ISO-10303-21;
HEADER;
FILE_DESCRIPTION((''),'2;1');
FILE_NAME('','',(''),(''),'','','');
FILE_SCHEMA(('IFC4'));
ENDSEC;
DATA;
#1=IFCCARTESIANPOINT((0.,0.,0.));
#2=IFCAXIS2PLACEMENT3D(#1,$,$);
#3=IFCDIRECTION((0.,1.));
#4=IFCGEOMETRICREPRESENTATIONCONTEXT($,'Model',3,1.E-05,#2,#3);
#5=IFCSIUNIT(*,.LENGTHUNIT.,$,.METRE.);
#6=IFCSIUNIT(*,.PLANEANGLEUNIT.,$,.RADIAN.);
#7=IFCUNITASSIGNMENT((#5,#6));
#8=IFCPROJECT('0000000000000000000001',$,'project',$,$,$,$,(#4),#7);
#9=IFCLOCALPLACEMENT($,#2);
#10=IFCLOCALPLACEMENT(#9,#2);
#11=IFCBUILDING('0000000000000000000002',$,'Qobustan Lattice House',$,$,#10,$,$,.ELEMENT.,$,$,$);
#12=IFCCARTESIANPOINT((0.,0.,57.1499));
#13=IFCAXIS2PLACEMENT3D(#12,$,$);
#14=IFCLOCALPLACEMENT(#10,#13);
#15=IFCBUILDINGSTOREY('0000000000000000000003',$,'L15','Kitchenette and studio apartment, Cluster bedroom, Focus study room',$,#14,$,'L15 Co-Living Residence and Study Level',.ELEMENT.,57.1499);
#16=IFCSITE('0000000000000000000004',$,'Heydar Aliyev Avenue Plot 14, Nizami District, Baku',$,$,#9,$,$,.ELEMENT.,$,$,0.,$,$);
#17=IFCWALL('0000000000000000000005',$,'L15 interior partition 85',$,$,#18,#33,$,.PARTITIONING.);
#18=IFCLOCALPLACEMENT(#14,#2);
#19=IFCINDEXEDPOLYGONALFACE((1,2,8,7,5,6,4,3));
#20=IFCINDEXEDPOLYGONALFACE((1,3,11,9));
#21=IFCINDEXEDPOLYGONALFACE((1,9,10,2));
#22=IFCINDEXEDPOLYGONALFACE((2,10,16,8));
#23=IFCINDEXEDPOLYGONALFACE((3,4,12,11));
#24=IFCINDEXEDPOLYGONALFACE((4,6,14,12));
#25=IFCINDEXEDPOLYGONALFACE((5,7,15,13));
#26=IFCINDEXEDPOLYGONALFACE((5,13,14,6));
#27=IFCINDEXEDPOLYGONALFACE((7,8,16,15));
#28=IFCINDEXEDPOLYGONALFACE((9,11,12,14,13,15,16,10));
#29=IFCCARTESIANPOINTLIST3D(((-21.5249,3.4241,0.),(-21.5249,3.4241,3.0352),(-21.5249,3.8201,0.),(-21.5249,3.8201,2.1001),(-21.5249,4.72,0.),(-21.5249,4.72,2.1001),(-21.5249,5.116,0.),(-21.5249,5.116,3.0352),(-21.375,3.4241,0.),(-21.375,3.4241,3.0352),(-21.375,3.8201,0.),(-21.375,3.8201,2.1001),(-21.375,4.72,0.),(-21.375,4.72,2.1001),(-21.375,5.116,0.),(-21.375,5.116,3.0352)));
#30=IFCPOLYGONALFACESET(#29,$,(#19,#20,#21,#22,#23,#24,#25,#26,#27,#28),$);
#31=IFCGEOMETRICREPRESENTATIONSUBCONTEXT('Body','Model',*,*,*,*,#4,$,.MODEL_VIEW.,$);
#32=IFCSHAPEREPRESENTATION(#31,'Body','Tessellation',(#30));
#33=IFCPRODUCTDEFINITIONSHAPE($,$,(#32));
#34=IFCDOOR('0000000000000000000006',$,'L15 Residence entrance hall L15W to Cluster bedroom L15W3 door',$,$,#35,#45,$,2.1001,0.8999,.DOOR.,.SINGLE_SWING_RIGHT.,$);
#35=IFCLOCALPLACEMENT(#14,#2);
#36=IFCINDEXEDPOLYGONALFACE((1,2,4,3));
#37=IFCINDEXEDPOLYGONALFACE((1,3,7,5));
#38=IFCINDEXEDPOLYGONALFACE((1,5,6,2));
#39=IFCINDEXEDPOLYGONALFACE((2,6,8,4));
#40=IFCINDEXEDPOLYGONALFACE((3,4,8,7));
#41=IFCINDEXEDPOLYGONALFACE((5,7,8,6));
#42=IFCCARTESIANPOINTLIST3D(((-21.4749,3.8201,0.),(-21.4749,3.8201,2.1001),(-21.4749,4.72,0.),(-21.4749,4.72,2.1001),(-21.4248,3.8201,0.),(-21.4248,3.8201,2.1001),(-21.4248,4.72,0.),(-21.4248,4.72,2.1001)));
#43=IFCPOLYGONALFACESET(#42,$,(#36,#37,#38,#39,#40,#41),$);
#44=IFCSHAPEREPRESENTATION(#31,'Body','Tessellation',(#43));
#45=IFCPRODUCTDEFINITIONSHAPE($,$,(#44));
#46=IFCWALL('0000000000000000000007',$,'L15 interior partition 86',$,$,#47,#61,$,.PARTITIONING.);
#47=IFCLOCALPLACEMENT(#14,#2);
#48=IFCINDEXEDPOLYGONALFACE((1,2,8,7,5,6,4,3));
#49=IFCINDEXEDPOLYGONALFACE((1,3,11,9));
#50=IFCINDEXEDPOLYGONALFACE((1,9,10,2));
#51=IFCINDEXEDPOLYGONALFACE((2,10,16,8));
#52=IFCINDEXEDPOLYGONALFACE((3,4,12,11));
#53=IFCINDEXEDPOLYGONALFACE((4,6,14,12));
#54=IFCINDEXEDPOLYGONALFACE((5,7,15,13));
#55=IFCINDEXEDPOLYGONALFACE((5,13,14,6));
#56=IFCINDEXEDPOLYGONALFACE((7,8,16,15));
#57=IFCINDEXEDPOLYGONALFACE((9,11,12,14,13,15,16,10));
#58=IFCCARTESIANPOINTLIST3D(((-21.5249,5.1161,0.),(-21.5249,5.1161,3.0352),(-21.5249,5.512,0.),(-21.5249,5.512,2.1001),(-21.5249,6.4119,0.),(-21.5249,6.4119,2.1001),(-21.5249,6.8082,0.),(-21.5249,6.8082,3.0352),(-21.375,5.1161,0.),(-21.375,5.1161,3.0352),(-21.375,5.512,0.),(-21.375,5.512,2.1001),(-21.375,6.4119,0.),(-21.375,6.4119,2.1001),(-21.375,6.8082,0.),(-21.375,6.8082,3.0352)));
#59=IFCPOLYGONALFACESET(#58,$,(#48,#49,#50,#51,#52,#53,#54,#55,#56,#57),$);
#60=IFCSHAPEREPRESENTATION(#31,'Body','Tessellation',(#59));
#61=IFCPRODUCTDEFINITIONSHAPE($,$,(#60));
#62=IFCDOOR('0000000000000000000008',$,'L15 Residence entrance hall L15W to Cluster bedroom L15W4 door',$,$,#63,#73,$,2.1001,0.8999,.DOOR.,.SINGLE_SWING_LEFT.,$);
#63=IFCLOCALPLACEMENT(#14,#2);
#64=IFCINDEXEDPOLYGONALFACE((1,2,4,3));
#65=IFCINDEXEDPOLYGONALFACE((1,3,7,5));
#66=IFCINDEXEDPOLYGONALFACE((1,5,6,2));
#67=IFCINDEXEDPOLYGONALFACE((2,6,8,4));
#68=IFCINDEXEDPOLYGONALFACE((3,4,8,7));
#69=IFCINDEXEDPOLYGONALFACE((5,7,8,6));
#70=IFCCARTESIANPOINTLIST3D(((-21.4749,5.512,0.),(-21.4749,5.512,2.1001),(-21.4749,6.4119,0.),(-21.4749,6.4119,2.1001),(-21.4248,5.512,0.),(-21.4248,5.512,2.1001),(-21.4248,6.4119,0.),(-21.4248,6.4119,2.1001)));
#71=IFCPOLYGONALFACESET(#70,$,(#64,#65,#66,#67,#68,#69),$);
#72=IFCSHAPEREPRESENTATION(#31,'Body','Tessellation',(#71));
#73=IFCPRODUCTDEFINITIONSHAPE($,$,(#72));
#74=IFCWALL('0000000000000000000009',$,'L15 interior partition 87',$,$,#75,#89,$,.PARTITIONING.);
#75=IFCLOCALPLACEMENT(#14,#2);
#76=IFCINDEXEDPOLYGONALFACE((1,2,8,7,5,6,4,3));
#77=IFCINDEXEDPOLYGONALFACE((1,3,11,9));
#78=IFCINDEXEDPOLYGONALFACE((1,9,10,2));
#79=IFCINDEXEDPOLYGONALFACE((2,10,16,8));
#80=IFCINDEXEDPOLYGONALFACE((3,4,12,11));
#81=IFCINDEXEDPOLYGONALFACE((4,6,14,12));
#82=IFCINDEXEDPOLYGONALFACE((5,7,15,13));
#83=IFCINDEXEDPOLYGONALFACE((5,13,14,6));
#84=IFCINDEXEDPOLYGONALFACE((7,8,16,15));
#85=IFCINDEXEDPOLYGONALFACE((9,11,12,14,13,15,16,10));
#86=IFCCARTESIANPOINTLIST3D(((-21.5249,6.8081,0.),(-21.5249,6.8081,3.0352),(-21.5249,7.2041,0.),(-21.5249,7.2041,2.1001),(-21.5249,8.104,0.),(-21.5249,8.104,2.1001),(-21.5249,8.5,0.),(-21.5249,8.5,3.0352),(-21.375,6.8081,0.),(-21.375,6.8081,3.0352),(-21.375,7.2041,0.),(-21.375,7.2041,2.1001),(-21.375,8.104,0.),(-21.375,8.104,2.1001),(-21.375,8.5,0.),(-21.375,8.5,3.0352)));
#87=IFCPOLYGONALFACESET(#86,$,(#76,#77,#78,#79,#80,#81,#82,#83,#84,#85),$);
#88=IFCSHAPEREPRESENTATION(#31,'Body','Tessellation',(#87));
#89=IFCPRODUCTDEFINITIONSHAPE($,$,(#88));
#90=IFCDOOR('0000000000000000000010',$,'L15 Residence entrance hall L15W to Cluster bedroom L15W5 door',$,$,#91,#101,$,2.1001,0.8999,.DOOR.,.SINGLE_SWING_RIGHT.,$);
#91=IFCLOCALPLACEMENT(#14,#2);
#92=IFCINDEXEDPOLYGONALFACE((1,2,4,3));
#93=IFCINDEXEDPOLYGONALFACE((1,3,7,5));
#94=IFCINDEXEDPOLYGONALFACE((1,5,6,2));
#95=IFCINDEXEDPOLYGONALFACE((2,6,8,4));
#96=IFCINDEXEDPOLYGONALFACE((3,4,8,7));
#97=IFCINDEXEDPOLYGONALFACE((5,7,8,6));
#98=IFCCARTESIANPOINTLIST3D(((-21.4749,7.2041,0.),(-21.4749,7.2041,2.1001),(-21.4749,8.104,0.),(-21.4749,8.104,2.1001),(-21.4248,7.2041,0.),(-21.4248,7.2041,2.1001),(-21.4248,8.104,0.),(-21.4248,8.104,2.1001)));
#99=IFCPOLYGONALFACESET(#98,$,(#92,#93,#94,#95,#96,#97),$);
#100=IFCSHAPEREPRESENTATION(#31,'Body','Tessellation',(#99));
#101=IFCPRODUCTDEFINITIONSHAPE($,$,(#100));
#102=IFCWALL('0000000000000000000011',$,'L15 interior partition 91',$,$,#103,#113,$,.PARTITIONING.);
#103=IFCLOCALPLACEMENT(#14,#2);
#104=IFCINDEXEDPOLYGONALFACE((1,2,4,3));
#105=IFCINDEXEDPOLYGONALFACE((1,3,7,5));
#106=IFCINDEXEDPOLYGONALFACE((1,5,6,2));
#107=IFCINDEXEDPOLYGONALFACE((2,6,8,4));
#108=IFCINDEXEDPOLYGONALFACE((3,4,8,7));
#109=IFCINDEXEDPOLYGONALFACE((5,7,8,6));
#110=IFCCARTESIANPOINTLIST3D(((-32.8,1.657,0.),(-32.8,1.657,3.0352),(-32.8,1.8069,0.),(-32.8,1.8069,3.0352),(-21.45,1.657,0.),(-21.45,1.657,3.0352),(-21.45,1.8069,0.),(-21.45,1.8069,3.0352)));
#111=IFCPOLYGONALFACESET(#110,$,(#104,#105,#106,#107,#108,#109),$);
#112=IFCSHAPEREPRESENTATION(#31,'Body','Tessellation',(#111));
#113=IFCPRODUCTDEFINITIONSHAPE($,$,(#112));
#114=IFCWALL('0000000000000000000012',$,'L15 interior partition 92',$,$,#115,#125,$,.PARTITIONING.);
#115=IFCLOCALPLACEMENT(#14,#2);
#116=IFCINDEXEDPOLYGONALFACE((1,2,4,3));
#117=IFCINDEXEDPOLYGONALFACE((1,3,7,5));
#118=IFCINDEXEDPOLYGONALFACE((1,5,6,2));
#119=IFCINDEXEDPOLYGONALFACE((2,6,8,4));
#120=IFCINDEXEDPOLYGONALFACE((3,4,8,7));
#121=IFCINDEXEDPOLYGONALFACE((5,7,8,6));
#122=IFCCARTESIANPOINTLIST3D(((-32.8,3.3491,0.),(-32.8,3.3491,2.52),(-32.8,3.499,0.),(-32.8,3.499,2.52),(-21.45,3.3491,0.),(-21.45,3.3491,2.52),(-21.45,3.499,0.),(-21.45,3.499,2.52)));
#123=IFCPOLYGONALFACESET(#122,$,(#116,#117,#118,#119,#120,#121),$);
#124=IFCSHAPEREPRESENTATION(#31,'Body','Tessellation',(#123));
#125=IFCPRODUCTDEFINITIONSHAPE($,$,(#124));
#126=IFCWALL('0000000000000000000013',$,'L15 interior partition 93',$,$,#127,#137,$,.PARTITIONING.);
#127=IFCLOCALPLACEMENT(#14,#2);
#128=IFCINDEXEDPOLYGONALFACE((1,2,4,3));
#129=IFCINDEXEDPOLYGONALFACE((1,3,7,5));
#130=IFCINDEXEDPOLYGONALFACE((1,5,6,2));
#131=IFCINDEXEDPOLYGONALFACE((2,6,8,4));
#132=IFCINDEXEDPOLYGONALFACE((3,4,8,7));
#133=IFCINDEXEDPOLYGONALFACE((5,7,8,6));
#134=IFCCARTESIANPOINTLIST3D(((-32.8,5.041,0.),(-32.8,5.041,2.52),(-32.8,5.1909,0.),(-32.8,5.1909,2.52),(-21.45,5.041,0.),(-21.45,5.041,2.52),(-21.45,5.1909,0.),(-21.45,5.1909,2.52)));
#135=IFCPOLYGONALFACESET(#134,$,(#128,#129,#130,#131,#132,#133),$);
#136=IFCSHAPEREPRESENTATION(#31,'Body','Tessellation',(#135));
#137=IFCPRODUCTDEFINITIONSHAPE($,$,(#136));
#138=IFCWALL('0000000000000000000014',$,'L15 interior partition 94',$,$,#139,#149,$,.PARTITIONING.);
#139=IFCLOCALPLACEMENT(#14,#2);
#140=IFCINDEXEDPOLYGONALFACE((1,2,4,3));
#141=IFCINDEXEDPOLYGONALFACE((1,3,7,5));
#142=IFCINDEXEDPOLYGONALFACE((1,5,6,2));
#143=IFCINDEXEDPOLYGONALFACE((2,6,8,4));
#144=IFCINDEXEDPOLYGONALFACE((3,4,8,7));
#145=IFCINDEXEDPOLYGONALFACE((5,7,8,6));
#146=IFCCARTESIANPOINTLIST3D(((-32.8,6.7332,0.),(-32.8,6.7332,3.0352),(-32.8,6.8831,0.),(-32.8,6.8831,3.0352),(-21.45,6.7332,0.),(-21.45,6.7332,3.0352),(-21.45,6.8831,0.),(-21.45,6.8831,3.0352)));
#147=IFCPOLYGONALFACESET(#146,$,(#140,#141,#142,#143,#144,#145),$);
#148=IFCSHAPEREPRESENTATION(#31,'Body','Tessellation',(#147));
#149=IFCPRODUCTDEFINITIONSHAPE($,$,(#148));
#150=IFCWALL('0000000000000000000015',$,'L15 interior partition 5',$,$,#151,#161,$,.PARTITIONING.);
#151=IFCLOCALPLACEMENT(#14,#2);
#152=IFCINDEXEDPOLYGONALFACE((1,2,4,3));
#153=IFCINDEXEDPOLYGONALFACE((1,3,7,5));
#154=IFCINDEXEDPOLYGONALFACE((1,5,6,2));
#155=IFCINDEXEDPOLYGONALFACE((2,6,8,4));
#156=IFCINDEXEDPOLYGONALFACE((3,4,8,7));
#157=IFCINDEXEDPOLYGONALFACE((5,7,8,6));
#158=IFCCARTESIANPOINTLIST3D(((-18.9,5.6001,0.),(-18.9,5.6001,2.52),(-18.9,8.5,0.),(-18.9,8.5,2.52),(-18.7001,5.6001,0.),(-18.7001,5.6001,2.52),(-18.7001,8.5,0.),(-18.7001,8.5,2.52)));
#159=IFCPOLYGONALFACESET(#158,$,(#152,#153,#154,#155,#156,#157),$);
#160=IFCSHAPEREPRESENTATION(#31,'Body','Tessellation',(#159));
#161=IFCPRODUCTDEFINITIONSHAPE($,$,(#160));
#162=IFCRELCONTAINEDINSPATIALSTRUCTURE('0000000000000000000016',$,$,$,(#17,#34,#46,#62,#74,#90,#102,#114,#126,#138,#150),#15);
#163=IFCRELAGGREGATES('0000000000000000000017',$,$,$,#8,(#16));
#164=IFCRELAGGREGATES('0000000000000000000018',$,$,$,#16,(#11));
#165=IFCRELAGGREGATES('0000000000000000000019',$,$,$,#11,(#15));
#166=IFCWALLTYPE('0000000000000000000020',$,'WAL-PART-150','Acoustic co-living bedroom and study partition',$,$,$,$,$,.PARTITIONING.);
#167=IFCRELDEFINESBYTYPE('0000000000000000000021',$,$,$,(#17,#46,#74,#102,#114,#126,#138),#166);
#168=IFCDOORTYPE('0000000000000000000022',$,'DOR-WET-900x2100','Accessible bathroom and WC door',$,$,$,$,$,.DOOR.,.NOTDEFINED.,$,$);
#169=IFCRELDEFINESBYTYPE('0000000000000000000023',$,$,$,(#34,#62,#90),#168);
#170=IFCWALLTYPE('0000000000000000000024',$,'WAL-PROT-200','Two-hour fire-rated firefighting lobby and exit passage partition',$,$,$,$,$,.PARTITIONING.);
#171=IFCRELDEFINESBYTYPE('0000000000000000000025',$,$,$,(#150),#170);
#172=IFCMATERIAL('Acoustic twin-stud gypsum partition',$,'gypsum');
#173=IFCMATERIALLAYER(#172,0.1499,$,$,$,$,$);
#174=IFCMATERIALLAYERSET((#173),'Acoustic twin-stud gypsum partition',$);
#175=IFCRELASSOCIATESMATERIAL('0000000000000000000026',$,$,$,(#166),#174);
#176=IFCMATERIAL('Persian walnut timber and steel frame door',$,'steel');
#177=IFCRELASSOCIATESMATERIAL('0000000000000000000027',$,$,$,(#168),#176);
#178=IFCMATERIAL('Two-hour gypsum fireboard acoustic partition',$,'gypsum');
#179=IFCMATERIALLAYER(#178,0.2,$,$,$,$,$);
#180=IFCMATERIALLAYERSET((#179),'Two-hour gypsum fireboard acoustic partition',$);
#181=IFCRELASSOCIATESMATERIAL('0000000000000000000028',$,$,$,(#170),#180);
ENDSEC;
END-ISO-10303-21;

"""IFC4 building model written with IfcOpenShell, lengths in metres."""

from ifc_helpers import new_model, si_unit, direction, frame, frame_2d, origin, place, context, subcontext, project, spatial, rectangle, extrude, material, layer, layer_set, type_object, element, fill, save


model = new_model("IFC4")

# Units and contexts
model_context = context("Model", 3, precision=1e-05, world=origin(), true_north=direction((0.0, 1.0)))
body_context = subcontext(model_context, "Body", "Model", "MODEL_VIEW")
ifc_project = project(units=[si_unit("LENGTHUNIT", "METRE"), si_unit("PLANEANGLEUNIT", "RADIAN")], contexts=[model_context])

# Site, building, storey
site_placement = place(None, origin())
site = spatial("IfcSite", under=ifc_project, at=site_placement, Name="Heydar Aliyev Avenue Plot 14, Nizami District, Baku", CompositionType="ELEMENT", RefElevation=0.0)
building_placement = place(site_placement, origin())
building = spatial("IfcBuilding", under=site, at=building_placement, Name="Qobustan Lattice House", CompositionType="ELEMENT")
storey_placement = place(building_placement, frame((0.0, 0.0, 57.1499)))
storey = spatial("IfcBuildingStorey", under=building, at=storey_placement, Name="L15", Description="Kitchenette and studio apartment, Cluster bedroom, Focus study room", LongName="L15 Co-Living Residence and Study Level", CompositionType="ELEMENT", Elevation=57.1499)

# Shared definitions
ifc_material_1 = material(Name="Acoustic twin-stud gypsum partition", Category="gypsum")
ifc_layer_1 = layer(ifc_material_1, 0.1499)
ifc_layer_set_1 = layer_set([ifc_layer_1], Name="Acoustic twin-stud gypsum partition")
wall_type_1 = type_object("IfcWallType", Name="WAL-PART-150", Description="Acoustic co-living bedroom and study partition", PredefinedType="PARTITIONING", material=ifc_layer_set_1)

# Walls, openings, doors
ifc_material_2 = material(Name="Persian walnut timber and steel frame door", Category="steel")
door_type_1 = type_object("IfcDoorType", Name="DOR-WET-900x2100", Description="Accessible bathroom and WC door", OperationType="NOTDEFINED", PredefinedType="DOOR", material=ifc_material_2)
wall_1_placement = place(storey_placement, frame((-21.45, 3.4241, 0.0), z_axis=(0.0, 0.0, 1.0), x_axis=(0.0, 1.0, 0.0)))
wall_1 = element("IfcWall", 1, at=wall_1_placement, inside=storey, type_object=wall_type_1, Name="L15 interior partition 85", PredefinedType="PARTITIONING", context=body_context, shape_type="SweptSolid", body=[
    extrude(rectangle(XDim=1.6919, YDim=0.1499, at=frame_2d((0.8459, 0.0))), origin(), (0.0, 0.0, 1.0), 3.0352),
])
opening_1_placement = place(wall_1_placement, frame((0.396, 0.0, 0.0)))
opening_1 = element("IfcOpeningElement", 2, at=opening_1_placement, cuts=wall_1, PredefinedType="OPENING", context=body_context, shape_type="SweptSolid", body=[
    extrude(rectangle(XDim=0.8999, YDim=2.1001, at=frame_2d((0.45, 1.05))), frame((0.0, 0.085, 0.0), z_axis=(0.0, -1.0, 0.0), x_axis=(1.0, 0.0, 0.0)), (0.0, 0.0, 1.0), 0.1699),
])
door_1_placement = place(opening_1_placement, origin())
door_1 = element("IfcDoor", 3, at=door_1_placement, inside=storey, type_object=door_type_1, Name="L15 Residence entrance hall L15W to Cluster bedroom L15W3 door", OperationType="SINGLE_SWING_RIGHT", OverallHeight=2.1001, OverallWidth=0.8999, PredefinedType="DOOR", context=body_context, shape_type="SweptSolid", body=[
    extrude(rectangle(XDim=0.8999, YDim=2.1001, at=frame_2d((0.45, 1.05))), frame((0.0, 0.0249, 0.0), z_axis=(0.0, -1.0, 0.0), x_axis=(1.0, 0.0, 0.0)), (0.0, 0.0, 1.0), 0.05),
])
fill(opening_1, door_1)
wall_2_placement = place(storey_placement, frame((-21.45, 5.116, 0.0), z_axis=(0.0, 0.0, 1.0), x_axis=(0.0, 1.0, 0.0)))
wall_2 = element("IfcWall", 4, at=wall_2_placement, inside=storey, type_object=wall_type_1, Name="L15 interior partition 86", PredefinedType="PARTITIONING", context=body_context, shape_type="SweptSolid", body=[
    extrude(rectangle(XDim=1.6921, YDim=0.1499, at=frame_2d((0.8462, 0.0))), origin(), (0.0, 0.0, 1.0), 3.0352),
])
opening_2_placement = place(wall_2_placement, frame((0.396, 0.0, 0.0)))
opening_2 = element("IfcOpeningElement", 5, at=opening_2_placement, cuts=wall_2, PredefinedType="OPENING", context=body_context, shape_type="SweptSolid", body=[
    extrude(rectangle(XDim=0.8999, YDim=2.1001, at=frame_2d((0.45, 1.05))), frame((0.0, 0.085, 0.0), z_axis=(0.0, -1.0, 0.0), x_axis=(1.0, 0.0, 0.0)), (0.0, 0.0, 1.0), 0.1699),
])
door_2_placement = place(opening_2_placement, origin())
door_2 = element("IfcDoor", 6, at=door_2_placement, inside=storey, type_object=door_type_1, Name="L15 Residence entrance hall L15W to Cluster bedroom L15W4 door", OperationType="SINGLE_SWING_LEFT", OverallHeight=2.1001, OverallWidth=0.8999, PredefinedType="DOOR", context=body_context, shape_type="SweptSolid", body=[
    extrude(rectangle(XDim=0.8999, YDim=2.1001, at=frame_2d((0.45, 1.05))), frame((0.0, 0.0249, 0.0), z_axis=(0.0, -1.0, 0.0), x_axis=(1.0, 0.0, 0.0)), (0.0, 0.0, 1.0), 0.05),
])
fill(opening_2, door_2)
wall_3_placement = place(storey_placement, frame((-21.45, 6.8081, 0.0), z_axis=(0.0, 0.0, 1.0), x_axis=(0.0, 1.0, 0.0)))
wall_3 = element("IfcWall", 7, at=wall_3_placement, inside=storey, type_object=wall_type_1, Name="L15 interior partition 87", PredefinedType="PARTITIONING", context=body_context, shape_type="SweptSolid", body=[
    extrude(rectangle(XDim=1.6919, YDim=0.1499, at=frame_2d((0.8459, 0.0))), origin(), (0.0, 0.0, 1.0), 3.0352),
])
opening_3_placement = place(wall_3_placement, frame((0.396, 0.0, 0.0)))
opening_3 = element("IfcOpeningElement", 8, at=opening_3_placement, cuts=wall_3, PredefinedType="OPENING", context=body_context, shape_type="SweptSolid", body=[
    extrude(rectangle(XDim=0.8999, YDim=2.1001, at=frame_2d((0.45, 1.05))), frame((0.0, 0.085, 0.0), z_axis=(0.0, -1.0, 0.0), x_axis=(1.0, 0.0, 0.0)), (0.0, 0.0, 1.0), 0.1699),
])
door_3_placement = place(opening_3_placement, origin())
door_3 = element("IfcDoor", 9, at=door_3_placement, inside=storey, type_object=door_type_1, Name="L15 Residence entrance hall L15W to Cluster bedroom L15W5 door", OperationType="SINGLE_SWING_RIGHT", OverallHeight=2.1001, OverallWidth=0.8999, PredefinedType="DOOR", context=body_context, shape_type="SweptSolid", body=[
    extrude(rectangle(XDim=0.8999, YDim=2.1001, at=frame_2d((0.45, 1.05))), frame((0.0, 0.0249, 0.0), z_axis=(0.0, -1.0, 0.0), x_axis=(1.0, 0.0, 0.0)), (0.0, 0.0, 1.0), 0.05),
])
fill(opening_3, door_3)

# Walls
wall_4_placement = place(storey_placement, frame((-32.8, 1.7319, 0.0), z_axis=(0.0, 0.0, 1.0), x_axis=(1.0, 0.0, 0.0)))
element("IfcWall", 10, at=wall_4_placement, inside=storey, type_object=wall_type_1, Name="L15 interior partition 91", PredefinedType="PARTITIONING", context=body_context, shape_type="SweptSolid", body=[
    extrude(rectangle(XDim=11.3501, YDim=0.1499, at=frame_2d((5.675, 0.0))), origin(), (0.0, 0.0, 1.0), 3.0352),
])
for number, where, z_axis, x_axis, name in (
    (11, (-32.8, 3.4241, 0.0), (0.0, 0.0, 1.0), (1.0, 0.0, 0.0), "L15 interior partition 92"),
    (12, (-32.8, 5.116, 0.0), (0.0, 0.0, 1.0), (1.0, 0.0, 0.0), "L15 interior partition 93"),
):
    element("IfcWall", number, at=place(storey_placement, frame(where, z_axis=z_axis, x_axis=x_axis)), inside=storey, type_object=wall_type_1, Name=name, PredefinedType="PARTITIONING", context=body_context, shape_type="SweptSolid", body=[
        extrude(rectangle(XDim=11.3501, YDim=0.1499, at=frame_2d((5.675, 0.0))), origin(), (0.0, 0.0, 1.0), 2.52),
    ])
wall_5_placement = place(storey_placement, frame((-32.8, 6.8081, 0.0), z_axis=(0.0, 0.0, 1.0), x_axis=(1.0, 0.0, 0.0)))
element("IfcWall", 13, at=wall_5_placement, inside=storey, type_object=wall_type_1, Name="L15 interior partition 94", PredefinedType="PARTITIONING", context=body_context, shape_type="SweptSolid", body=[
    extrude(rectangle(XDim=11.3501, YDim=0.1499, at=frame_2d((5.675, 0.0))), origin(), (0.0, 0.0, 1.0), 3.0352),
])
ifc_material_3 = material(Name="Two-hour gypsum fireboard acoustic partition", Category="gypsum")
ifc_layer_2 = layer(ifc_material_3, 0.2)
ifc_layer_set_2 = layer_set([ifc_layer_2], Name="Two-hour gypsum fireboard acoustic partition")
wall_type_2 = type_object("IfcWallType", Name="WAL-PROT-200", Description="Two-hour fire-rated firefighting lobby and exit passage partition", PredefinedType="PARTITIONING", material=ifc_layer_set_2)
wall_6_placement = place(storey_placement, frame((-18.8, 8.5, 0.0), z_axis=(0.0, 0.0, 1.0), x_axis=(0.0, -1.0, 0.0)))
element("IfcWall", 14, at=wall_6_placement, inside=storey, type_object=wall_type_2, Name="L15 interior partition 5", PredefinedType="PARTITIONING", context=body_context, shape_type="SweptSolid", body=[
    extrude(rectangle(XDim=2.8999, YDim=0.2, at=frame_2d((1.45, 0.0))), origin(), (0.0, 0.0, 1.0), 2.52),
])

save(model, "model.ifc")
